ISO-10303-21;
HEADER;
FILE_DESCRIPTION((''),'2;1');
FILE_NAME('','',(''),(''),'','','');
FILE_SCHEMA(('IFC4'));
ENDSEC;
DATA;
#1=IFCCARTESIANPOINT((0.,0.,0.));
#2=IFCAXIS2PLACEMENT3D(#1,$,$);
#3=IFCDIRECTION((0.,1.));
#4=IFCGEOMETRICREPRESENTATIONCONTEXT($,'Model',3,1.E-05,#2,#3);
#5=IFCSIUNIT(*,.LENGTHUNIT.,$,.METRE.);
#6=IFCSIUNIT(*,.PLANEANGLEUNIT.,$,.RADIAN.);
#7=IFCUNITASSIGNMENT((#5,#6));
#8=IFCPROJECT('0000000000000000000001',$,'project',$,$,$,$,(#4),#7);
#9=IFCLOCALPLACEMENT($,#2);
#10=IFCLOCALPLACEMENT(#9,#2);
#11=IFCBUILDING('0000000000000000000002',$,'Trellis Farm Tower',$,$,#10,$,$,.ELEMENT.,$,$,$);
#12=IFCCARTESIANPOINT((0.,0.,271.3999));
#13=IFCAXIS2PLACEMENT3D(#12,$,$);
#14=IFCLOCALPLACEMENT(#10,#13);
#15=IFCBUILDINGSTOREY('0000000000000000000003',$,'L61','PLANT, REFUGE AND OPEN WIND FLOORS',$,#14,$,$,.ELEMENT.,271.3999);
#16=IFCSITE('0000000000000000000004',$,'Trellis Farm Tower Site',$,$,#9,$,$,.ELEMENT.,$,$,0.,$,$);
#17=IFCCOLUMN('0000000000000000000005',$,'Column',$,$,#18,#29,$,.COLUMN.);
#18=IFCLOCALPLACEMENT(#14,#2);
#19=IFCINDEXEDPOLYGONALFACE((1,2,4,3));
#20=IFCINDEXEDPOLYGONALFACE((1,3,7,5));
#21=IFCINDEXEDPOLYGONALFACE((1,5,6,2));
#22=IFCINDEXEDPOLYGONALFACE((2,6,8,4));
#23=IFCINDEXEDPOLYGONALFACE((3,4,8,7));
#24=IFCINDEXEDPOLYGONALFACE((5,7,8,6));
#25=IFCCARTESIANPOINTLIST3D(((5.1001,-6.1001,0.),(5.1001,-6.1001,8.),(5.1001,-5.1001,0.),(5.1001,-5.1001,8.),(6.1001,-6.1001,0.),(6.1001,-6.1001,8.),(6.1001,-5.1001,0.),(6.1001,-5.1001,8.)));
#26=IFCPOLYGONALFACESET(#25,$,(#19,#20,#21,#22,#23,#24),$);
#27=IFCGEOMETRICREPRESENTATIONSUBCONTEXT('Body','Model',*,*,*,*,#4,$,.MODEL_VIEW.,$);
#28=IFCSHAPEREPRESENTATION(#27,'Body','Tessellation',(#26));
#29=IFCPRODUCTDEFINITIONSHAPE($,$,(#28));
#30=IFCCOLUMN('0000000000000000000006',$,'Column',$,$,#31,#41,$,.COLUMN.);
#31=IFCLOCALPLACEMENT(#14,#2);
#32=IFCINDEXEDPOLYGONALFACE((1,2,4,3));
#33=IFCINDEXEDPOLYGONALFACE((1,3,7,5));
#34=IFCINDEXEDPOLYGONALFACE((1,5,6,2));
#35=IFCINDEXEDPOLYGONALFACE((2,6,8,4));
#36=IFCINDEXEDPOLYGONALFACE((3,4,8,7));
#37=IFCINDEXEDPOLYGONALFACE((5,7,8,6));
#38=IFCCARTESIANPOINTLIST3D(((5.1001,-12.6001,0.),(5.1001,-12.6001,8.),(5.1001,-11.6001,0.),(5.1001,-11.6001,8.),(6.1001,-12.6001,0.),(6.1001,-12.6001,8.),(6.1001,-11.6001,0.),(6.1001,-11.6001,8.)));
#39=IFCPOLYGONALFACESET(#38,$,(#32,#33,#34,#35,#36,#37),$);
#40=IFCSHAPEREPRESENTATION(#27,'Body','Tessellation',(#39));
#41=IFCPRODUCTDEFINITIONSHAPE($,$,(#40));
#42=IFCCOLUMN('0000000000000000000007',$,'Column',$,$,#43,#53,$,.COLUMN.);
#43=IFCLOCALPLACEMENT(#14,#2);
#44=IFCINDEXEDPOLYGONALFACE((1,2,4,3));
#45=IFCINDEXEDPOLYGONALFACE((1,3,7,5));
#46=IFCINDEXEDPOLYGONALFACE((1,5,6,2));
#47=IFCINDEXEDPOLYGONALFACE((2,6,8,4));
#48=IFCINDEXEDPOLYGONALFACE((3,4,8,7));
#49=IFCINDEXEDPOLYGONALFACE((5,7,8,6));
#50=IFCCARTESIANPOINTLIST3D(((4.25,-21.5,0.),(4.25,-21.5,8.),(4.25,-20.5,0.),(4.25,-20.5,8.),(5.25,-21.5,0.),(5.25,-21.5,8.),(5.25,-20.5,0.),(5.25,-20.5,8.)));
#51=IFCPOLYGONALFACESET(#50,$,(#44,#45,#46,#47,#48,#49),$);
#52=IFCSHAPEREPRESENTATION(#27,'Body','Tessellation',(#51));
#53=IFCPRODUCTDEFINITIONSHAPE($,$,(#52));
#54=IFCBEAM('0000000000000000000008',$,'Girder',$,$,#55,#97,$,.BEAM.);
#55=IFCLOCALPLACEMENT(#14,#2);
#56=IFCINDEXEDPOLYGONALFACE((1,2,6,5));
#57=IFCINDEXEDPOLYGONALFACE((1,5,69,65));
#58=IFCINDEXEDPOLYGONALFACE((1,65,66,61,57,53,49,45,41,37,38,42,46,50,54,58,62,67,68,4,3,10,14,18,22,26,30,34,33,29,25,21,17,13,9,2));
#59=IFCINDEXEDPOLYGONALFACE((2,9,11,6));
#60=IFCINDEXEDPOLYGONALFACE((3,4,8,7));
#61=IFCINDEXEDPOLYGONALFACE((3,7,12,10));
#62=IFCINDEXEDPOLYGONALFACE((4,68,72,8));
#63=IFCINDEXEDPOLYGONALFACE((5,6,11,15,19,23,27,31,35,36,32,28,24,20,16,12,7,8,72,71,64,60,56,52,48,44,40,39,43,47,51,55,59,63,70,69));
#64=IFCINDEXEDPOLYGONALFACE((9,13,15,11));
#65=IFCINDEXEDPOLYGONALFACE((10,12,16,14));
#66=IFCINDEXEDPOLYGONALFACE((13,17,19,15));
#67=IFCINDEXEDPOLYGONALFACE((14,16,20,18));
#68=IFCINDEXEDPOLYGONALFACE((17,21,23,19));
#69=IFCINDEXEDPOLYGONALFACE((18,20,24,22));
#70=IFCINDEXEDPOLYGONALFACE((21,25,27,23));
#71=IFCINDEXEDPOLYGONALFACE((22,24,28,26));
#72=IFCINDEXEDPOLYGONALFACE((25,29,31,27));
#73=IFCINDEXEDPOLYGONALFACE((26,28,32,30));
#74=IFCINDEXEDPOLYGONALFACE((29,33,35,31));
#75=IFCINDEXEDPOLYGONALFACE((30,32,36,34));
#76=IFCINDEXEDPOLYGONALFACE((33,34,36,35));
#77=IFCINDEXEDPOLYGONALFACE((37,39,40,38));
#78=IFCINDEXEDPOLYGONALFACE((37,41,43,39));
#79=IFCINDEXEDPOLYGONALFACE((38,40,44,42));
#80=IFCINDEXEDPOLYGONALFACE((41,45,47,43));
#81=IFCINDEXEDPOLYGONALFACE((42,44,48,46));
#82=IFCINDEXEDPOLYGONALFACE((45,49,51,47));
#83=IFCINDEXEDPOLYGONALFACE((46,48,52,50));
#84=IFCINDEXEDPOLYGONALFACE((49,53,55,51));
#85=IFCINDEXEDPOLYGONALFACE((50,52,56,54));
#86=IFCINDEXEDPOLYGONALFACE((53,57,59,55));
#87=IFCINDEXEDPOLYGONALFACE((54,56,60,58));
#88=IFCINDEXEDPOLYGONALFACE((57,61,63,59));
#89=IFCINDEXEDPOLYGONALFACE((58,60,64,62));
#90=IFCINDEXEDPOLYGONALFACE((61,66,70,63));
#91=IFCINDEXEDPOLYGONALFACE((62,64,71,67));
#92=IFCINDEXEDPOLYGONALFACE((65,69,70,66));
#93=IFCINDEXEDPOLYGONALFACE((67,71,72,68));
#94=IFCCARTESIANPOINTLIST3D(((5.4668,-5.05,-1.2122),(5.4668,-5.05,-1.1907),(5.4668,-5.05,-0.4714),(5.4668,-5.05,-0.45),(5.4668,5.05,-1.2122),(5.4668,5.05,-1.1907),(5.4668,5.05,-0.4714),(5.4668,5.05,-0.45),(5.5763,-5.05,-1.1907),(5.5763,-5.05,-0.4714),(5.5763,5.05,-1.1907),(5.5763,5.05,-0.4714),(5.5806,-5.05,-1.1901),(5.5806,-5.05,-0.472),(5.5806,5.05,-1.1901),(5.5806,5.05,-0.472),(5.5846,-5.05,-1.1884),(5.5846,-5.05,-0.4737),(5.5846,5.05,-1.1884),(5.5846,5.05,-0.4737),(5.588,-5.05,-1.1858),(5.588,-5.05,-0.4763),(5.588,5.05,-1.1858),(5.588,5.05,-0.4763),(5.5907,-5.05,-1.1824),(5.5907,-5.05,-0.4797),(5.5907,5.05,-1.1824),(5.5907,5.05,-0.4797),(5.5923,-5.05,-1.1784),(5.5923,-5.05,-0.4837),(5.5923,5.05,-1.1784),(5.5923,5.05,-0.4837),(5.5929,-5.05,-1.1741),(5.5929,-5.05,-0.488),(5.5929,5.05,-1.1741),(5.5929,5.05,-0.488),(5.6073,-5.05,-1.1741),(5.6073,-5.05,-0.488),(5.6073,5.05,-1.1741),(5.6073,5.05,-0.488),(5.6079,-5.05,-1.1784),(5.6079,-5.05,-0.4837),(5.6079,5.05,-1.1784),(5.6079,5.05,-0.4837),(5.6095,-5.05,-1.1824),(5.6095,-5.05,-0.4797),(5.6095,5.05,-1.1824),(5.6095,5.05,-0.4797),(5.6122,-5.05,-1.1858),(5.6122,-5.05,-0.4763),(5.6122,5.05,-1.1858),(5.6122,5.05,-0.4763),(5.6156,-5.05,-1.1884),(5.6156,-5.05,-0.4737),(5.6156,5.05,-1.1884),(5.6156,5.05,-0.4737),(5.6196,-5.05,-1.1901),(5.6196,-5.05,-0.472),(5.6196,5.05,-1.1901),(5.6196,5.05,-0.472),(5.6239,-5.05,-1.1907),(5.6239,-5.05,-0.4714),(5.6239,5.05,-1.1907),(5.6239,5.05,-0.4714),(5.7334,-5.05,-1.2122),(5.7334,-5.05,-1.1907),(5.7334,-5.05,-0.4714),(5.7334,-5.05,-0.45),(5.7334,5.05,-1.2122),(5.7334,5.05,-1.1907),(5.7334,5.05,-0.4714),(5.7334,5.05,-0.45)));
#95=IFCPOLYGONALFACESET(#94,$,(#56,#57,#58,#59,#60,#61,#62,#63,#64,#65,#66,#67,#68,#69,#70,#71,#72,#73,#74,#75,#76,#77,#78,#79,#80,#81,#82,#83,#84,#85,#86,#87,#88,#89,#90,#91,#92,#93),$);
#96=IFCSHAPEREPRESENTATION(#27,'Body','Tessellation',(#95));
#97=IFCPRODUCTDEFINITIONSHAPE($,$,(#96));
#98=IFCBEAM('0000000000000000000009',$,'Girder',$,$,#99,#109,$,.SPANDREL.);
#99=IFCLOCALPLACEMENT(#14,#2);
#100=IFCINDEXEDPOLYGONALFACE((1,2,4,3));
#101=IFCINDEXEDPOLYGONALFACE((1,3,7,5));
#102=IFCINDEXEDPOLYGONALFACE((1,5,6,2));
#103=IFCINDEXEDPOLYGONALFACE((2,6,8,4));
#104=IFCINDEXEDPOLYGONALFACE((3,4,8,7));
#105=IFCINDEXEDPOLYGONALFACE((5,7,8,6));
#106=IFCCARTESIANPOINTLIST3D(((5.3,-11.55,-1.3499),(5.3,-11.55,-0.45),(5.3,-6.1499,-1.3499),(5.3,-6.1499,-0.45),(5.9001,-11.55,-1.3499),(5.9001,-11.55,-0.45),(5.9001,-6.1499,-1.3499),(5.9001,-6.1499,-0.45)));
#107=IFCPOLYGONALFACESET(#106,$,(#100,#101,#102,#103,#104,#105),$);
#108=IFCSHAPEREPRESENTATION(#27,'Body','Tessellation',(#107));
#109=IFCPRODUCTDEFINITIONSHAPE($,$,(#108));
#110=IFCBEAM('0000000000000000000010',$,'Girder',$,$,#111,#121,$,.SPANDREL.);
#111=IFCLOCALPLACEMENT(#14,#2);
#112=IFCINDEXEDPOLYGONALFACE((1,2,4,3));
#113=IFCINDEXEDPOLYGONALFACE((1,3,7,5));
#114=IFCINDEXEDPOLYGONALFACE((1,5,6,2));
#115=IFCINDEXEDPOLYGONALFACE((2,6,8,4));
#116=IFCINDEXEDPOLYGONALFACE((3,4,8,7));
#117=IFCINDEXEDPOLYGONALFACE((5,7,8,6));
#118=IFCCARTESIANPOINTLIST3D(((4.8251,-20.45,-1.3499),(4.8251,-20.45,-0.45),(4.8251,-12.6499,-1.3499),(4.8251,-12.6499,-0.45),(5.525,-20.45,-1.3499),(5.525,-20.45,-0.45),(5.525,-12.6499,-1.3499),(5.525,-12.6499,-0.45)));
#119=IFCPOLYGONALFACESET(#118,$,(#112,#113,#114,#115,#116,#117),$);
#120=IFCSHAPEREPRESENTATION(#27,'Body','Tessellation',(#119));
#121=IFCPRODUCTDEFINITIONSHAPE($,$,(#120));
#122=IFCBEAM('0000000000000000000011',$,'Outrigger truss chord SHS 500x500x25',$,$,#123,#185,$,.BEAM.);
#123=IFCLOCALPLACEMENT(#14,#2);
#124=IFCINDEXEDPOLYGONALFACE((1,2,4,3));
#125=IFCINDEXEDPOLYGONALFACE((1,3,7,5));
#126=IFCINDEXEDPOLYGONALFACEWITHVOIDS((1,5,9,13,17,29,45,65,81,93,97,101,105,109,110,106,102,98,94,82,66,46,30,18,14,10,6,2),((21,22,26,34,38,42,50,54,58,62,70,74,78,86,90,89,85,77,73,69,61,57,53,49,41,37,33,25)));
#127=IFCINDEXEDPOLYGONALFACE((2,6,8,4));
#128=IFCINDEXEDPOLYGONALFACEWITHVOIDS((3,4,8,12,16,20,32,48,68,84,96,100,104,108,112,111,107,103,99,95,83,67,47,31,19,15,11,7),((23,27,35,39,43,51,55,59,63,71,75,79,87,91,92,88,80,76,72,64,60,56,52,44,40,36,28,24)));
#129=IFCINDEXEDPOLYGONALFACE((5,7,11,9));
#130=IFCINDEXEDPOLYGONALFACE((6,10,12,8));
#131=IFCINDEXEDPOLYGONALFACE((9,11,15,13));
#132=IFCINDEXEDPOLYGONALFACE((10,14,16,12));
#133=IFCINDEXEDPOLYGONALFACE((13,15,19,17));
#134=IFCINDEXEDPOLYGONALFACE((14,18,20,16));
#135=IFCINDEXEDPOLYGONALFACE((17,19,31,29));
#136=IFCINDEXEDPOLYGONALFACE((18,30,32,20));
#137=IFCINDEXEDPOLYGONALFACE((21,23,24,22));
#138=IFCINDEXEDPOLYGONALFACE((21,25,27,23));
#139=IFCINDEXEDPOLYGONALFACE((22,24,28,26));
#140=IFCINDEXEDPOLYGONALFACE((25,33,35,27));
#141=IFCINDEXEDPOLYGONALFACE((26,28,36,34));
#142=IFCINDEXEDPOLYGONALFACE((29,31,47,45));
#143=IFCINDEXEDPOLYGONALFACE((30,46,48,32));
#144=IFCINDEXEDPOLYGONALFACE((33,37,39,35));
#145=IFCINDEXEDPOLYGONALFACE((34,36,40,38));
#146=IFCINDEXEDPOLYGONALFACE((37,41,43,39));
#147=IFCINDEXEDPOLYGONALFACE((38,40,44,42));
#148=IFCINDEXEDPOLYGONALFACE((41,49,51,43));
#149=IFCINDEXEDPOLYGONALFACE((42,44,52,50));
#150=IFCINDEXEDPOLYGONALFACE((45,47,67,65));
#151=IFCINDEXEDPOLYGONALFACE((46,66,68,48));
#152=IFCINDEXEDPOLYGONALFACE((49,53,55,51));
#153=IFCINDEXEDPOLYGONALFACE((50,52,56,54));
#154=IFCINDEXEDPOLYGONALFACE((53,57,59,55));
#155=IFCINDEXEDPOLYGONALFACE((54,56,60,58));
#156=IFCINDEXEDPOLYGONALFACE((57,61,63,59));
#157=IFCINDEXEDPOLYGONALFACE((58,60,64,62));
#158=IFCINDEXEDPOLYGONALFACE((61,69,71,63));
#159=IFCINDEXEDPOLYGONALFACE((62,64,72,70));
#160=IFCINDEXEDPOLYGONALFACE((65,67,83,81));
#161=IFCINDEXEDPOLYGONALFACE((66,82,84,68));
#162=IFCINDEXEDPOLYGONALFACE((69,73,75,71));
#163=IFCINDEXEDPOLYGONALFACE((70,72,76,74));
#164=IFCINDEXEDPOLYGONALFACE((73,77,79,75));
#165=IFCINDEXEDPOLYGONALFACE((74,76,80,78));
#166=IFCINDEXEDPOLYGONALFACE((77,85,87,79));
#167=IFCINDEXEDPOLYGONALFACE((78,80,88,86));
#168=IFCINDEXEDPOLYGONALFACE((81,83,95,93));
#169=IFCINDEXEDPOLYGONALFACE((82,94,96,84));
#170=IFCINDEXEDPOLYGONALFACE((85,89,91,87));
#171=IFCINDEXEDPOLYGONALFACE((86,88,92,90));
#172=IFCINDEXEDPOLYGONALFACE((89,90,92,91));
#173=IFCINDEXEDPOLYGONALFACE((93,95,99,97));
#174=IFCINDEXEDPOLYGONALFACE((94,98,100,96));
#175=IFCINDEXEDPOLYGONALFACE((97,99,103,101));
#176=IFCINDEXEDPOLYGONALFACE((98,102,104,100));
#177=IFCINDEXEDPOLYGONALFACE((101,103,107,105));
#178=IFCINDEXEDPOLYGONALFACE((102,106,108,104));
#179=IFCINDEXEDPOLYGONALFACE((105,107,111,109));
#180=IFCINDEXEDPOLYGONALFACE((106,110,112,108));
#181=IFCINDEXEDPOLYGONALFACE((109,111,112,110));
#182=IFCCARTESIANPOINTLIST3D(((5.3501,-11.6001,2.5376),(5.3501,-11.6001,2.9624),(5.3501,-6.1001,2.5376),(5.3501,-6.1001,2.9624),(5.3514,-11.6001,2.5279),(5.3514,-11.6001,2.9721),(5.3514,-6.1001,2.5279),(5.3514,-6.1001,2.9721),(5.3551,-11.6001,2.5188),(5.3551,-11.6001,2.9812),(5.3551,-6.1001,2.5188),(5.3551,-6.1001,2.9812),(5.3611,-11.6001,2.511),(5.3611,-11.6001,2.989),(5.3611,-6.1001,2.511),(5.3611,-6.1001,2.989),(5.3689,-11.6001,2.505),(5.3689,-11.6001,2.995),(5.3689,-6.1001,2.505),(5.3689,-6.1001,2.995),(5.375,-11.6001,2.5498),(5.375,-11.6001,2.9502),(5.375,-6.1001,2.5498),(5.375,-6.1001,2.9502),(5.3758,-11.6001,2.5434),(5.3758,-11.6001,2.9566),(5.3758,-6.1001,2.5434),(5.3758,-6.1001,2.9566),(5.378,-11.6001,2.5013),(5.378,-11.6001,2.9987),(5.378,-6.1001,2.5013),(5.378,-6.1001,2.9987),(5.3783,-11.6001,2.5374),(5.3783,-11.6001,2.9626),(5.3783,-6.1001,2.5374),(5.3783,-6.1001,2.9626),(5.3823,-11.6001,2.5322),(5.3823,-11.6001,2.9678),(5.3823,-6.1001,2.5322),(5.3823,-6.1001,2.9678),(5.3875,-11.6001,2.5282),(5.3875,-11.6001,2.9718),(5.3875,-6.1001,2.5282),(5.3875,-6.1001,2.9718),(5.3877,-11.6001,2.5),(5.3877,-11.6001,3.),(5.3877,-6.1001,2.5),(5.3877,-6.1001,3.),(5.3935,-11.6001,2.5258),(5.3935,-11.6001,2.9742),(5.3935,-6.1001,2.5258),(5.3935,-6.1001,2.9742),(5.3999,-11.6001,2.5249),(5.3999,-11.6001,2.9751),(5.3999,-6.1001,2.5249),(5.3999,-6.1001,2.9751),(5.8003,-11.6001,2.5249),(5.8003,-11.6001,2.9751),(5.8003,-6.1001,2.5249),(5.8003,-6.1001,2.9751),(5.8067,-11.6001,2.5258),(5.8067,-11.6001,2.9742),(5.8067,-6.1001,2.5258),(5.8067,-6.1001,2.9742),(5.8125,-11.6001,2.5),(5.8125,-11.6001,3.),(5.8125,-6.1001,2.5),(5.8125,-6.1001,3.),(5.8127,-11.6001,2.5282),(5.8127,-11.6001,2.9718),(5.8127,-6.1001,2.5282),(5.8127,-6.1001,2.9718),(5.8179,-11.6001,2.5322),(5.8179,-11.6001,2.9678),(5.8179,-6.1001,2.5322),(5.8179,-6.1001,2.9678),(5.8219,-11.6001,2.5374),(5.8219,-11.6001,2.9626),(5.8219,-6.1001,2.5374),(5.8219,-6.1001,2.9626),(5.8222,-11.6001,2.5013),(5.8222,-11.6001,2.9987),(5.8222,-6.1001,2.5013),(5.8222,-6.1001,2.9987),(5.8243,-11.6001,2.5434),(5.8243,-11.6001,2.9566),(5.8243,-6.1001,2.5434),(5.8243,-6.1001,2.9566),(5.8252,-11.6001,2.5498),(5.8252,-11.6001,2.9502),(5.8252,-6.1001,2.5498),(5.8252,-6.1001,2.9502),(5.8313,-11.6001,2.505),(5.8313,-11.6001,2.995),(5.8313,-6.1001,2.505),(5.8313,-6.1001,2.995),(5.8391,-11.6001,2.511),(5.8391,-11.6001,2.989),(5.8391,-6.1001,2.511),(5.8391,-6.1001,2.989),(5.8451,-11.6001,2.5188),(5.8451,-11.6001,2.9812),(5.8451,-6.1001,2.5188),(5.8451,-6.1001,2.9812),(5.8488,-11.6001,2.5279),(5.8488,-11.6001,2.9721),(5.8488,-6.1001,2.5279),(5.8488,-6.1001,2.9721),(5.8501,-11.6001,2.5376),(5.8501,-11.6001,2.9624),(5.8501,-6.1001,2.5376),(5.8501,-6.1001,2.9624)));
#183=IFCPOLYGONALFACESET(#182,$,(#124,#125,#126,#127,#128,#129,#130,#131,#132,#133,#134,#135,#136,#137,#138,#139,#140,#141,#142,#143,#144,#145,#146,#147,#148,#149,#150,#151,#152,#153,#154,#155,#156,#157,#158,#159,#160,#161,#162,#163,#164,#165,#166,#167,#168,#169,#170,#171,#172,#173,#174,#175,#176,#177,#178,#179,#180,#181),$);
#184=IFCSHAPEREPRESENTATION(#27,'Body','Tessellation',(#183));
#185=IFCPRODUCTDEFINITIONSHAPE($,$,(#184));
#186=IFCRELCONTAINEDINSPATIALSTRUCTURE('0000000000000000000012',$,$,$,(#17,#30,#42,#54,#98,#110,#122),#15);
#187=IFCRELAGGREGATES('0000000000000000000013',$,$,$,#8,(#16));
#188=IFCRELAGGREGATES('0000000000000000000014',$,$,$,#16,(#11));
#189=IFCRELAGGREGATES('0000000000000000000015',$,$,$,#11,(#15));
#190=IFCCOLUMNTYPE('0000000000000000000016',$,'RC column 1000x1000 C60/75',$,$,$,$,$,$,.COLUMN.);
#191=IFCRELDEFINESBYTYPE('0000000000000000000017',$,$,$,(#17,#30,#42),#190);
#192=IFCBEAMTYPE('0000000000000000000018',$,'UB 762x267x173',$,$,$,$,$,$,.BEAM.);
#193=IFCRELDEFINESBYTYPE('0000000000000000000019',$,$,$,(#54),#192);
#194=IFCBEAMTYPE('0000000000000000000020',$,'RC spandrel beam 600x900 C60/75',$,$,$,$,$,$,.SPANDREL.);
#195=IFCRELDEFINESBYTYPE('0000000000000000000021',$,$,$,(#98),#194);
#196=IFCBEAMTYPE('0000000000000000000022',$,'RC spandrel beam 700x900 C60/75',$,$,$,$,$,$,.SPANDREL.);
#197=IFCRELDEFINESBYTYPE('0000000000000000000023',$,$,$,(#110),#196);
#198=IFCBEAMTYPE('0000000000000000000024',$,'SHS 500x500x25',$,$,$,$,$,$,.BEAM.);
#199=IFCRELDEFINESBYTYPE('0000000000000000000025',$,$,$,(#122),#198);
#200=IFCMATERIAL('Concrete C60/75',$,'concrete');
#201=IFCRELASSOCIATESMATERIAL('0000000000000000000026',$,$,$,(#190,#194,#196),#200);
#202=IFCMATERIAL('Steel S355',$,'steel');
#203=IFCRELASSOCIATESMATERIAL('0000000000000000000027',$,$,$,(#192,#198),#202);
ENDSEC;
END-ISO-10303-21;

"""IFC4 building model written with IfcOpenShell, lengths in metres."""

from ifc_helpers import new_model, si_unit, direction, frame, origin, origin_2d, place, context, subcontext, project, spatial, rectangle, hollow_rectangle, i_section, extrude, source, transform, mapped, material, material_profile, profile_set, type_object, element, save


model = new_model("IFC4")

# Units and contexts
model_context = context("Model", 3, precision=1e-05, world=origin(), true_north=direction((0.0, 1.0)))
body_context = subcontext(model_context, "Body", "Model", "MODEL_VIEW")
ifc_project = project(units=[si_unit("LENGTHUNIT", "METRE"), si_unit("PLANEANGLEUNIT", "RADIAN")], contexts=[model_context])

# Site, building, storey
site_placement = place(None, origin())
site = spatial("IfcSite", under=ifc_project, at=site_placement, Name="Trellis Farm Tower Site", CompositionType="ELEMENT", RefElevation=0.0)
building_placement = place(site_placement, origin())
building = spatial("IfcBuilding", under=site, at=building_placement, Name="Trellis Farm Tower", CompositionType="ELEMENT")
storey_placement = place(building_placement, frame((0.0, 0.0, 271.3999)))
storey = spatial("IfcBuildingStorey", under=building, at=storey_placement, Name="L61", Description="PLANT, REFUGE AND OPEN WIND FLOORS", CompositionType="ELEMENT", Elevation=271.3999)

# Columns
ifc_material_1 = material(Name="Concrete C60/75", Category="concrete")
ifc_material_profile_1 = material_profile(ifc_material_1, rectangle(XDim=1.0, YDim=1.0, at=origin_2d()), Name="RC column 1000x1000 C60/75")
ifc_profile_set_1 = profile_set([ifc_material_profile_1], Name="Concrete C60/75")
column_type = type_object("IfcColumnType", Name="RC column 1000x1000 C60/75", PredefinedType="COLUMN", material=ifc_profile_set_1)
shared_shape_1 = source(origin(), body_context, "Body", "SweptSolid", [
    extrude(rectangle(XDim=1.0, YDim=1.0, at=origin_2d()), origin(), (0.0, 0.0, 1.0), 8.0),
])
for number, where, z_axis, x_axis, name in (
    (1, (5.6001, -5.6001, 0.0), (0.0, 0.0, 1.0), (1.0, 0.0, 0.0), "Column"),
    (2, (5.6001, -12.1001, 0.0), (0.0, 0.0, 1.0), (1.0, 0.0, 0.0), "Column"),
    (3, (4.75, -21.0, 0.0), (0.0, 0.0, 1.0), (1.0, 0.0, 0.0), "Column"),
):
    element("IfcColumn", number, at=place(storey_placement, frame(where, z_axis=z_axis, x_axis=x_axis)), inside=storey, type_object=column_type, Name=name, PredefinedType="COLUMN", context=body_context, shape_type="MappedRepresentation", body=[
        mapped(shared_shape_1, transform((0.0, 0.0, 0.0))),
    ])

# Beams
ifc_material_2 = material(Name="Steel S355", Category="steel")
ifc_material_profile_2 = material_profile(ifc_material_2, i_section(OverallWidth=0.2666, OverallDepth=0.7622, WebThickness=0.0144, FlangeThickness=0.0215, FilletRadius=0.0166, at=origin_2d()), Name="UB 762x267x173")
ifc_profile_set_2 = profile_set([ifc_material_profile_2], Name="Steel S355")
beam_type_1 = type_object("IfcBeamType", Name="UB 762x267x173", PredefinedType="BEAM", material=ifc_profile_set_2)
shared_shape_2 = source(origin(), body_context, "Body", "SweptSolid", [
    extrude(i_section(OverallWidth=0.2666, OverallDepth=0.7622, WebThickness=0.0144, FlangeThickness=0.0215, FilletRadius=0.0166, at=origin_2d()), origin(), (0.0, 0.0, 1.0), 10.1001),
])
beam_1_placement = place(storey_placement, frame((5.6001, -5.05, -0.8311), z_axis=(0.0, 1.0, 0.0), x_axis=(-1.0, 0.0, 0.0)))
element("IfcBeam", 4, at=beam_1_placement, inside=storey, type_object=beam_type_1, Name="Girder", PredefinedType="BEAM", context=body_context, shape_type="MappedRepresentation", body=[
    mapped(shared_shape_2, transform((0.0, 0.0, 0.0))),
])
ifc_material_profile_3 = material_profile(ifc_material_1, rectangle(XDim=0.6001, YDim=0.8999, at=origin_2d()), Name="RC spandrel beam 600x900 C60/75")
ifc_profile_set_3 = profile_set([ifc_material_profile_3], Name="Concrete C60/75")
beam_type_2 = type_object("IfcBeamType", Name="RC spandrel beam 600x900 C60/75", PredefinedType="SPANDREL", material=ifc_profile_set_3)
shared_shape_3 = source(origin(), body_context, "Body", "SweptSolid", [
    extrude(rectangle(XDim=0.6001, YDim=0.8999, at=origin_2d()), origin(), (0.0, 0.0, 1.0), 5.4001),
])
beam_2_placement = place(storey_placement, frame((5.6001, -11.55, -0.8999), z_axis=(0.0, 1.0, 0.0), x_axis=(-1.0, 0.0, 0.0)))
element("IfcBeam", 5, at=beam_2_placement, inside=storey, type_object=beam_type_2, Name="Girder", PredefinedType="SPANDREL", context=body_context, shape_type="MappedRepresentation", body=[
    mapped(shared_shape_3, transform((0.0, 0.0, 0.0))),
])
ifc_material_profile_4 = material_profile(ifc_material_1, rectangle(XDim=0.7, YDim=0.8999, at=origin_2d()), Name="RC spandrel beam 700x900 C60/75")
ifc_profile_set_4 = profile_set([ifc_material_profile_4], Name="Concrete C60/75")
beam_type_3 = type_object("IfcBeamType", Name="RC spandrel beam 700x900 C60/75", PredefinedType="SPANDREL", material=ifc_profile_set_4)
shared_shape_4 = source(origin(), body_context, "Body", "SweptSolid", [
    extrude(rectangle(XDim=0.7, YDim=0.8999, at=origin_2d()), origin(), (0.0, 0.0, 1.0), 7.8),
])
beam_3_placement = place(storey_placement, frame((5.175, -20.45, -0.8999), z_axis=(0.0, 1.0, 0.0), x_axis=(-1.0, 0.0, 0.0)))
element("IfcBeam", 6, at=beam_3_placement, inside=storey, type_object=beam_type_3, Name="Girder", PredefinedType="SPANDREL", context=body_context, shape_type="MappedRepresentation", body=[
    mapped(shared_shape_4, transform((0.0, 0.0, 0.0))),
])
ifc_material_profile_5 = material_profile(ifc_material_2, hollow_rectangle(XDim=0.5, YDim=0.5, WallThickness=0.0249, InnerFilletRadius=0.0249, OuterFilletRadius=0.0376, at=origin_2d()), Name="SHS 500x500x25")
ifc_profile_set_5 = profile_set([ifc_material_profile_5], Name="Steel S355")
beam_type_4 = type_object("IfcBeamType", Name="SHS 500x500x25", PredefinedType="BEAM", material=ifc_profile_set_5)
shared_shape_5 = source(origin(), body_context, "Body", "SweptSolid", [
    extrude(hollow_rectangle(XDim=0.5, YDim=0.5, WallThickness=0.0249, InnerFilletRadius=0.0249, OuterFilletRadius=0.0376, at=origin_2d()), origin(), (0.0, 0.0, 1.0), 5.5),
])
beam_4_placement = place(storey_placement, frame((5.6001, -11.6001, 2.75), z_axis=(0.0, 1.0, 0.0), x_axis=(-1.0, 0.0, 0.0)))
element("IfcBeam", 7, at=beam_4_placement, inside=storey, type_object=beam_type_4, Name="Outrigger truss chord SHS 500x500x25", PredefinedType="BEAM", context=body_context, shape_type="MappedRepresentation", body=[
    mapped(shared_shape_5, transform((0.0, 0.0, 0.0))),
])

save(model, "model.ifc")
